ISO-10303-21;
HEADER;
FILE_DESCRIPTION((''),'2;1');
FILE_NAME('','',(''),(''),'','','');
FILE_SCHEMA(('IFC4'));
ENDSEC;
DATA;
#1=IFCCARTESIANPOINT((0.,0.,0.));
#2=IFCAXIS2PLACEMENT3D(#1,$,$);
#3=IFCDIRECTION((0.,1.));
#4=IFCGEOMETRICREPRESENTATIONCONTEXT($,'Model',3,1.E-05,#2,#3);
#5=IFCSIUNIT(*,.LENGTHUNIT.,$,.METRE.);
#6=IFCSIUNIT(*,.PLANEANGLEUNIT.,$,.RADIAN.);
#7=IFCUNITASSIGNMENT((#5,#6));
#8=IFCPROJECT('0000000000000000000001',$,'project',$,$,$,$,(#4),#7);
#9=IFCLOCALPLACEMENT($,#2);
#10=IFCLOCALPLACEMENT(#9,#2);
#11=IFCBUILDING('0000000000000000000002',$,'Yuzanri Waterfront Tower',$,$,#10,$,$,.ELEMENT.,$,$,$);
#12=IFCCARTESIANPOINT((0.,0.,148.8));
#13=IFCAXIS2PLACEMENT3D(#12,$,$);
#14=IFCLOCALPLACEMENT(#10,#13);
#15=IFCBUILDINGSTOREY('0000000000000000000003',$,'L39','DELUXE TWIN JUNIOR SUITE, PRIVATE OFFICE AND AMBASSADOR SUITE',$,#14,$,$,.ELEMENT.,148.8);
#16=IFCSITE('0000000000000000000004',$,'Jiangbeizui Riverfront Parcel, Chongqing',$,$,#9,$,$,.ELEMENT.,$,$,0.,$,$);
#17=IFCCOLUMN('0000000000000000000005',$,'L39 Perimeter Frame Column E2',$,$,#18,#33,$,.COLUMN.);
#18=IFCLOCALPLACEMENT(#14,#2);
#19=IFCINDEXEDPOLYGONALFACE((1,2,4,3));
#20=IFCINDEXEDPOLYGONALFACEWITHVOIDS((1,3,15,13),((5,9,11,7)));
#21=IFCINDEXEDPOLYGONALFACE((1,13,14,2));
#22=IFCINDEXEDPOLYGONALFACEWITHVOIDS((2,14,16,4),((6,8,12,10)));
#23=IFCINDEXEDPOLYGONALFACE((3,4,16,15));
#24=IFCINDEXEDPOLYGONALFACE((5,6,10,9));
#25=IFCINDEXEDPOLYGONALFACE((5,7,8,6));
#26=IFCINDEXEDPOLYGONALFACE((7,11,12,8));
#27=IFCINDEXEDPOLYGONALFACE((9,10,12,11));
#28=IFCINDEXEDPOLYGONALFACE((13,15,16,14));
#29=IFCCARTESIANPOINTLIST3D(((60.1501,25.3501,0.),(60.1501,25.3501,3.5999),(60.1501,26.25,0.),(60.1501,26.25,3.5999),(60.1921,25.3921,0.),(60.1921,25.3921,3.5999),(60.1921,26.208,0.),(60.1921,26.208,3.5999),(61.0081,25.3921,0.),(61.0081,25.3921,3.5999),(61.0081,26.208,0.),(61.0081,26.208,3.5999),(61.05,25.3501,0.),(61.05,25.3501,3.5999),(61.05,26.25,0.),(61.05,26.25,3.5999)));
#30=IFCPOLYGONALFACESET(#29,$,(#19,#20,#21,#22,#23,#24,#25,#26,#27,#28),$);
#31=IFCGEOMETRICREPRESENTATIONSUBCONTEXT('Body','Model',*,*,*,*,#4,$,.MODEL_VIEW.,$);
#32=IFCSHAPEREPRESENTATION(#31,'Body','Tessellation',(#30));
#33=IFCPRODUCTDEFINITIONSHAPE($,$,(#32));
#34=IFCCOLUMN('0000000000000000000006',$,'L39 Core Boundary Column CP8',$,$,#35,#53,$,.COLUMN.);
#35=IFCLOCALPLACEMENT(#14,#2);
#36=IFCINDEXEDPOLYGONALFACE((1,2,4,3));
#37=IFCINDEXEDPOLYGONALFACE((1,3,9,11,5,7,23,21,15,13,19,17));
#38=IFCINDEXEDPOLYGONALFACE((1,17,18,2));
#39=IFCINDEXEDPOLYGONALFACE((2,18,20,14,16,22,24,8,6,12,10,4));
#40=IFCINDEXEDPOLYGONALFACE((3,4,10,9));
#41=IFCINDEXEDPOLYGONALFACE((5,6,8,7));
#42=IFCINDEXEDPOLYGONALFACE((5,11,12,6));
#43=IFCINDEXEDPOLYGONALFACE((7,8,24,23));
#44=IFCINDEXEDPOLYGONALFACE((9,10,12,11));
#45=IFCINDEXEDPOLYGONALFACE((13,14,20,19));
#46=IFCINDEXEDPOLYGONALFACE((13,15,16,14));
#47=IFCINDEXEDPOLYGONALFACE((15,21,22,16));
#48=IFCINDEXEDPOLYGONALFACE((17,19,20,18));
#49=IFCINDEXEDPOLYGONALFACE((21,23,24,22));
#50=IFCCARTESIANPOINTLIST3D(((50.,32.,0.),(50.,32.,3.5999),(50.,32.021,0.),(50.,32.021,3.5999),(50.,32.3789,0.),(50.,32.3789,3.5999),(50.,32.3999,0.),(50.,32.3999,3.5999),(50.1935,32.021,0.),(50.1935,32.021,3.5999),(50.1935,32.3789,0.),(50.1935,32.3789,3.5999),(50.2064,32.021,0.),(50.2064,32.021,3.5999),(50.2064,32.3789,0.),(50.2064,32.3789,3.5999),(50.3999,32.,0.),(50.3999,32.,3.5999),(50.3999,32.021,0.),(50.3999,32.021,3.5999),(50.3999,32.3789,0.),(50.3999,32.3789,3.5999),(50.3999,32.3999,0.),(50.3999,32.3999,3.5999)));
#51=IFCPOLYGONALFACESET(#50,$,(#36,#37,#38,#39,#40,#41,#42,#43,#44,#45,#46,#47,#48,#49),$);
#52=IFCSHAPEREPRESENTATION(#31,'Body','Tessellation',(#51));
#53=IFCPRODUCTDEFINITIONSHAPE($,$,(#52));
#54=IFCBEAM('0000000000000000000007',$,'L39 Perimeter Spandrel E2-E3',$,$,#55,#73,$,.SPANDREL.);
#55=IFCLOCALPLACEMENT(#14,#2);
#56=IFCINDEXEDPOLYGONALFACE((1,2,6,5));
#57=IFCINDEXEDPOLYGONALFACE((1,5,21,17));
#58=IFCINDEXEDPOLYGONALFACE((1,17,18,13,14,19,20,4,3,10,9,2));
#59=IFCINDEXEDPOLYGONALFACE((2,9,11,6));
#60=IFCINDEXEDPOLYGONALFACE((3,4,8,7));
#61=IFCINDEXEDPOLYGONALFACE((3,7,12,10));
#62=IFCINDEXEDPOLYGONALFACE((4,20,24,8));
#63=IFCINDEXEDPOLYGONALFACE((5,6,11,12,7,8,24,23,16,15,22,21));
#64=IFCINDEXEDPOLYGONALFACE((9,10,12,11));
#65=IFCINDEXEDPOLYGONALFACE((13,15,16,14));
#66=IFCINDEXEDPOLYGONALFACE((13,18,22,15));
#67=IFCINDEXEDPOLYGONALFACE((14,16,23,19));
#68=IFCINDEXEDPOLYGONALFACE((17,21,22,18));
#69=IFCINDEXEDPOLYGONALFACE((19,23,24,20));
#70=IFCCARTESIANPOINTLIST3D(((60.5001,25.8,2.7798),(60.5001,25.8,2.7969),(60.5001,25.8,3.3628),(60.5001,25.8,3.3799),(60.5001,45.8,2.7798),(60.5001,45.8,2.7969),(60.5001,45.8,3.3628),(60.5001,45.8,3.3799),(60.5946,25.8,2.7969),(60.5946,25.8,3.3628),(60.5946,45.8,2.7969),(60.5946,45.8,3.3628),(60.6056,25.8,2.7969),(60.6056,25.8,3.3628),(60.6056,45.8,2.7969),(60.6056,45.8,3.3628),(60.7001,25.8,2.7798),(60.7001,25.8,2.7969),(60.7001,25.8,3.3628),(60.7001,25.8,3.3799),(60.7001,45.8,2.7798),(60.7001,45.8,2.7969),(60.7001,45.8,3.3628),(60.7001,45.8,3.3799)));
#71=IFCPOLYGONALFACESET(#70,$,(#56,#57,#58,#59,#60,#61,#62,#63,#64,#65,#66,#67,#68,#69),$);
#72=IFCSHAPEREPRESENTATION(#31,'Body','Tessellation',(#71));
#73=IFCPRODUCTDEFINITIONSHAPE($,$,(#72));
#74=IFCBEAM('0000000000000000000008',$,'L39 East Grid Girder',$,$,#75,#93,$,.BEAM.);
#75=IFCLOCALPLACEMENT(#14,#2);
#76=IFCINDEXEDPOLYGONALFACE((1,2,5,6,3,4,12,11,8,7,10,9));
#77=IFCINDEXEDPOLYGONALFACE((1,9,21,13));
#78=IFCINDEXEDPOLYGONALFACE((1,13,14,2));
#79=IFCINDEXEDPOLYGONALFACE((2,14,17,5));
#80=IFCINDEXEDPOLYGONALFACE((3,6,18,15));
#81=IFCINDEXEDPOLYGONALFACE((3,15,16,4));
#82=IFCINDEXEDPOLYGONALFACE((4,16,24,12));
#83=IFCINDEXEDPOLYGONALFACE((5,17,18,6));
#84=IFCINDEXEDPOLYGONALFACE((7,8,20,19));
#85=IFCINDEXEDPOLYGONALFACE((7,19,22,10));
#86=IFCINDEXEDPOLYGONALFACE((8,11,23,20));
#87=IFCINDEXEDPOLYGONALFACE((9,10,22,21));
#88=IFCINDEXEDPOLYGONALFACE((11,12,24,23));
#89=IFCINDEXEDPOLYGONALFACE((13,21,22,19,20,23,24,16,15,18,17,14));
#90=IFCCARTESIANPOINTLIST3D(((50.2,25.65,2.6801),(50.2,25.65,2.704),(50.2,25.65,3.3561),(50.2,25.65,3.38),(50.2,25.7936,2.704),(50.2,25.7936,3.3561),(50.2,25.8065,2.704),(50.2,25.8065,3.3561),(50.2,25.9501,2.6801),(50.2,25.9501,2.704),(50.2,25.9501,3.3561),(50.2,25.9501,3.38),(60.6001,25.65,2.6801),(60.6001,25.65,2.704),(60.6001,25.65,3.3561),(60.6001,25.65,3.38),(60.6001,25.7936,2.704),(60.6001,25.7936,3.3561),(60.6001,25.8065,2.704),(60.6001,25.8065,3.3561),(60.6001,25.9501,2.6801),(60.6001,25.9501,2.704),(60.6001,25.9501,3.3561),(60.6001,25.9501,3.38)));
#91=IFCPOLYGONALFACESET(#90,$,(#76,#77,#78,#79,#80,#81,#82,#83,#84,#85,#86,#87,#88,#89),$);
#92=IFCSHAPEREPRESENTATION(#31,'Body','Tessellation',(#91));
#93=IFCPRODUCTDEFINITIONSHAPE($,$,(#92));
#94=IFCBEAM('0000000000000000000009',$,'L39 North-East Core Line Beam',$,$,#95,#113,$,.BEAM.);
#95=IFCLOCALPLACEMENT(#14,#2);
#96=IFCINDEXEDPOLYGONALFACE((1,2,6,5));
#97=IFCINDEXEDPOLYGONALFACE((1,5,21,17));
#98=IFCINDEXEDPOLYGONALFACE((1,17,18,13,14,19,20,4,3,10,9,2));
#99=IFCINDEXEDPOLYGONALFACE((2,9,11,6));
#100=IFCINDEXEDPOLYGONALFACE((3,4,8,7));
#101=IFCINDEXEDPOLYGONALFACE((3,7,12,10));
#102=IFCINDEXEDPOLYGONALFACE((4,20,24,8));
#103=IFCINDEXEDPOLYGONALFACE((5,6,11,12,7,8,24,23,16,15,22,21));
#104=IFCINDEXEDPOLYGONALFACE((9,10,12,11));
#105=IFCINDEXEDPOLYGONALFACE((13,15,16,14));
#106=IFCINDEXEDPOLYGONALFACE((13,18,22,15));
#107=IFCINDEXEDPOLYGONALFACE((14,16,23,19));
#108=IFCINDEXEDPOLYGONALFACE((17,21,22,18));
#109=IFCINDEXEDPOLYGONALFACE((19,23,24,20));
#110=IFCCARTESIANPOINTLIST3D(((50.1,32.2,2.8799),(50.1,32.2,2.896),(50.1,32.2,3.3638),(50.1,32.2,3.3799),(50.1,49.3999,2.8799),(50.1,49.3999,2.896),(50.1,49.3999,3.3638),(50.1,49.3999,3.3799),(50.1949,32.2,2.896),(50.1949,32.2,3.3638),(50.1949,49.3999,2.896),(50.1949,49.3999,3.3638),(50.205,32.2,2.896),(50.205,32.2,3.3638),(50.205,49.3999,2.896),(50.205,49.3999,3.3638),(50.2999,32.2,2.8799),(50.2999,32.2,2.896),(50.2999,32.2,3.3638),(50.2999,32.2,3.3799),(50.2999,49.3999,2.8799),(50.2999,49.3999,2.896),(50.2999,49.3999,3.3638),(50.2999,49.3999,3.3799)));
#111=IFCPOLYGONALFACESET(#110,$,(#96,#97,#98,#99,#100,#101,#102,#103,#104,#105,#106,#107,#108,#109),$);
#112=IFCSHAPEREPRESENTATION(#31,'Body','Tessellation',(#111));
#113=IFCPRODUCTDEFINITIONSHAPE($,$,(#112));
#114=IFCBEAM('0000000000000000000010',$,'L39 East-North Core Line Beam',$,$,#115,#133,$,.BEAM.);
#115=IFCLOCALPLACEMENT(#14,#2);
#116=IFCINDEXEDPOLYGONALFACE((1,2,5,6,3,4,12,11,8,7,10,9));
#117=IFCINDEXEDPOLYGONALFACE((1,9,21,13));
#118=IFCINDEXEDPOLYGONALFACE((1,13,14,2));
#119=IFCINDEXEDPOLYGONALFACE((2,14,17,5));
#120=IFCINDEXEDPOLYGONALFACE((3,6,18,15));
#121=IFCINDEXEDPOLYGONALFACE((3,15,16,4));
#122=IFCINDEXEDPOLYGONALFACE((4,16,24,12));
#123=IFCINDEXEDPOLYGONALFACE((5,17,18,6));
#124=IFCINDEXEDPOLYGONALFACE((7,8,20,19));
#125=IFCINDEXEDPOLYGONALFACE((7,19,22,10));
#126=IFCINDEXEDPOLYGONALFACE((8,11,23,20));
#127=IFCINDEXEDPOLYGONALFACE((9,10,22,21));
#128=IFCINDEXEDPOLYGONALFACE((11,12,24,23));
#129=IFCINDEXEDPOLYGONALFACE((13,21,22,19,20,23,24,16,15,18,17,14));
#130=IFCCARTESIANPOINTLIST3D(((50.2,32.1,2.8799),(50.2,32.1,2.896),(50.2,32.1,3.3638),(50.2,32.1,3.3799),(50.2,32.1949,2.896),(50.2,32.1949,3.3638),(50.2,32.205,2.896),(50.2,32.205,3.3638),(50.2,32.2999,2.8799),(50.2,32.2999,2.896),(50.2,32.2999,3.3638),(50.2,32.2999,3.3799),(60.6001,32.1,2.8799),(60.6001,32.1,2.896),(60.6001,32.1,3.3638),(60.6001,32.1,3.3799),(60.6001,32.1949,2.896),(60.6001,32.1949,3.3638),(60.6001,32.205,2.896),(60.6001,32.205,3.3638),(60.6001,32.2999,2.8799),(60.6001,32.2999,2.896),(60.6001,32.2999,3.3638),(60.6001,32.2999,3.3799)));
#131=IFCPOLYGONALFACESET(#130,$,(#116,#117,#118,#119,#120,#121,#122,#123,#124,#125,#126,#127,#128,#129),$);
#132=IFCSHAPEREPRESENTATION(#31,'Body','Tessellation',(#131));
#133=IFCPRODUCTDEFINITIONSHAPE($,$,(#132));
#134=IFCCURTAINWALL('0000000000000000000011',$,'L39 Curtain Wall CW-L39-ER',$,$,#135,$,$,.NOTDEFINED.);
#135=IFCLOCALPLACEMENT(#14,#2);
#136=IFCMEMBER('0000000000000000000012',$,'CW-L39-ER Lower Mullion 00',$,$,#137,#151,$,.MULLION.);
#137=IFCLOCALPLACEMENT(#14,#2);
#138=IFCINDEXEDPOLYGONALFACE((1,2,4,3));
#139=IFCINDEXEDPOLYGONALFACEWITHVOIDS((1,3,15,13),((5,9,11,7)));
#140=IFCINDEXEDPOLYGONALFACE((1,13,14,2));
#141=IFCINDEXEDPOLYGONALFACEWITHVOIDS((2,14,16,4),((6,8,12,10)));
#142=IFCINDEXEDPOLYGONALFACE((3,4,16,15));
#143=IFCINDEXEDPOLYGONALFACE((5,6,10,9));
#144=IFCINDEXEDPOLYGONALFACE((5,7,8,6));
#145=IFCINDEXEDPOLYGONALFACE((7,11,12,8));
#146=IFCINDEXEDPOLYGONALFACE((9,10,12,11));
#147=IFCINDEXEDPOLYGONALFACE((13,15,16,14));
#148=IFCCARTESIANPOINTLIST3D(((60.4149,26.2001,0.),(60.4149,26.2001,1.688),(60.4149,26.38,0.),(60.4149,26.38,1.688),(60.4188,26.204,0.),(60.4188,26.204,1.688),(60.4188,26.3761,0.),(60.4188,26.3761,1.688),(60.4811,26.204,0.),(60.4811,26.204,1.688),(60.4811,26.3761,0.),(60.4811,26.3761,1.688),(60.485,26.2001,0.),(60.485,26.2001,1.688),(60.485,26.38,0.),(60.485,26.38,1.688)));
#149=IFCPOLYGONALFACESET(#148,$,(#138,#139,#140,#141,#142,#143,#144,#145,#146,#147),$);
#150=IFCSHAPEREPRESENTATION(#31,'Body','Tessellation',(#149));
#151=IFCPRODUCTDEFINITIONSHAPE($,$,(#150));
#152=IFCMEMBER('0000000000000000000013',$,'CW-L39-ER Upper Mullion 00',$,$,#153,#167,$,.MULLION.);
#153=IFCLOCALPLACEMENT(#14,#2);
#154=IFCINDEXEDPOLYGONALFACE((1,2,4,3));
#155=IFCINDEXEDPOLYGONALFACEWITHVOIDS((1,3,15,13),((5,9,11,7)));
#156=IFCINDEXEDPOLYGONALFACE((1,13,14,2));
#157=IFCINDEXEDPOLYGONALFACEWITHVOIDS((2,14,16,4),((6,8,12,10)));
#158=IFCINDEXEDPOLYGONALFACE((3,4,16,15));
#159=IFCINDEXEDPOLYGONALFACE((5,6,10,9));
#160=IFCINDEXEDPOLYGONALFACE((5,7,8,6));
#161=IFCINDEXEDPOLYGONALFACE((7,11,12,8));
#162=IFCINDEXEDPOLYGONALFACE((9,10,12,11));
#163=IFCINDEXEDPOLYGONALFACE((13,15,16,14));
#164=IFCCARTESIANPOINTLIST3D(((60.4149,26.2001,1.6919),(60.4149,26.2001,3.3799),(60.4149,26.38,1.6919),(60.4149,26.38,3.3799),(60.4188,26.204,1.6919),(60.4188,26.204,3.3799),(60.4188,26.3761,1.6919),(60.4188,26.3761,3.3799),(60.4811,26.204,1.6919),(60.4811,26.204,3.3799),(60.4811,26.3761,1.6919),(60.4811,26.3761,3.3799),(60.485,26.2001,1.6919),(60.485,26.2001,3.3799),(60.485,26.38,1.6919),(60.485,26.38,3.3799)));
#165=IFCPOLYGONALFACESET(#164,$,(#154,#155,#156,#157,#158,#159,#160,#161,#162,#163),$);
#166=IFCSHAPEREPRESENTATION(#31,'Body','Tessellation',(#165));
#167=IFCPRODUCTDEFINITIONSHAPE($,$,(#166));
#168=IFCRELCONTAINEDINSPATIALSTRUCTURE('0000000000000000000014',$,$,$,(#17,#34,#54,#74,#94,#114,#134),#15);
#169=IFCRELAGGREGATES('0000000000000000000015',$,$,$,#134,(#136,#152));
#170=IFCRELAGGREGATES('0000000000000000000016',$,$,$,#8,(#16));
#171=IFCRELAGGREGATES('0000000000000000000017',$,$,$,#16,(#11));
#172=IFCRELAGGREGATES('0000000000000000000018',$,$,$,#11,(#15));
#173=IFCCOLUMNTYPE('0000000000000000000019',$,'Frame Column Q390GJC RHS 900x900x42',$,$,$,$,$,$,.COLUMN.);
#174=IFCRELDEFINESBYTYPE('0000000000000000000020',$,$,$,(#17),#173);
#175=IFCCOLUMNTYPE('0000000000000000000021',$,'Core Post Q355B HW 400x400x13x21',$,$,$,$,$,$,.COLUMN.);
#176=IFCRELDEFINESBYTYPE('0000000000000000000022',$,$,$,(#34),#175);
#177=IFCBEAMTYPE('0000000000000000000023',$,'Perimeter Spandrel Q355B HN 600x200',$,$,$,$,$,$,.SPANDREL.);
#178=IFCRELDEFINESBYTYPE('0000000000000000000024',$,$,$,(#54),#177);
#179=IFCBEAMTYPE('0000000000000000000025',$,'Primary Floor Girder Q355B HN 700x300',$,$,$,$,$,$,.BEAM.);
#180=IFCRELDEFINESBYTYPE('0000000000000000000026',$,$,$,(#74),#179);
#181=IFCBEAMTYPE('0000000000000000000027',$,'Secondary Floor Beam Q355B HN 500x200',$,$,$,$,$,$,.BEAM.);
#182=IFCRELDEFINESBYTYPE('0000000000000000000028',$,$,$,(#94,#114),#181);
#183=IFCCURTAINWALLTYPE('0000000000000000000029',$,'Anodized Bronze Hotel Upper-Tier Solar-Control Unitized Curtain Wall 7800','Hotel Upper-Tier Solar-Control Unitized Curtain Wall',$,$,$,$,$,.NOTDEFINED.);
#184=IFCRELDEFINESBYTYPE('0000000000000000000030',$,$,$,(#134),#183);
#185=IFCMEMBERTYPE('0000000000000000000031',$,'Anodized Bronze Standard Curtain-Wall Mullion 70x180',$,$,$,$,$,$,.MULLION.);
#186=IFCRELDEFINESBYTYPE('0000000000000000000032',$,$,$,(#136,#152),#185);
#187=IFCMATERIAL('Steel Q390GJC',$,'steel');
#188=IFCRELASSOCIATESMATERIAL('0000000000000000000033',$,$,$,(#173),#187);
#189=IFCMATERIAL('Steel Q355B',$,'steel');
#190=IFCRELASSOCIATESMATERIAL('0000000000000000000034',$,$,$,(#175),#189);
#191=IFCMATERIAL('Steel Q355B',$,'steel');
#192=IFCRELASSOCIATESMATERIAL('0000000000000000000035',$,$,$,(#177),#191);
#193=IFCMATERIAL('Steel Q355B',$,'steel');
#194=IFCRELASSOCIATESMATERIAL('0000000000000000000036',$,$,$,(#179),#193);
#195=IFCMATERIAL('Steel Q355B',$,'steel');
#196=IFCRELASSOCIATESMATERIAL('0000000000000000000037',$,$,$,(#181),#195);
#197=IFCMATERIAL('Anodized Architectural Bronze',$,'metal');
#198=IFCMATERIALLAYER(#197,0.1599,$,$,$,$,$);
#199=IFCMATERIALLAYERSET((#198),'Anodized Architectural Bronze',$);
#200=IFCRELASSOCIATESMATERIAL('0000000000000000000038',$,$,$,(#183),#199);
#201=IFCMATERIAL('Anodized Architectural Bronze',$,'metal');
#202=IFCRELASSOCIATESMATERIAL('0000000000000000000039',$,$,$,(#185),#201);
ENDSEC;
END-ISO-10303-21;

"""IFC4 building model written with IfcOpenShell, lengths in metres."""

from ifc_helpers import new_model, si_unit, direction, frame, origin, origin_2d, place, context, subcontext, project, spatial, hollow_rectangle, i_section, extrude, source, transform, mapped, material, layer, layer_set, material_profile, profile_set, type_object, element, aggregate, save


model = new_model("IFC4")

# Units and contexts
model_context = context("Model", 3, precision=1e-05, world=origin(), true_north=direction((0.0, 1.0)))
body_context = subcontext(model_context, "Body", "Model", "MODEL_VIEW")
ifc_project = project(units=[si_unit("LENGTHUNIT", "METRE"), si_unit("PLANEANGLEUNIT", "RADIAN")], contexts=[model_context])

# Site, building, storey
site_placement = place(None, origin())
site = spatial("IfcSite", under=ifc_project, at=site_placement, Name="Jiangbeizui Riverfront Parcel, Chongqing", CompositionType="ELEMENT", RefElevation=0.0)
building_placement = place(site_placement, origin())
building = spatial("IfcBuilding", under=site, at=building_placement, Name="Yuzanri Waterfront Tower", CompositionType="ELEMENT")
storey_placement = place(building_placement, frame((0.0, 0.0, 148.8)))
storey = spatial("IfcBuildingStorey", under=building, at=storey_placement, Name="L39", Description="DELUXE TWIN JUNIOR SUITE, PRIVATE OFFICE AND AMBASSADOR SUITE", CompositionType="ELEMENT", Elevation=148.8)

# Columns
ifc_material_1 = material(Name="Steel Q390GJC", Category="steel")
ifc_material_profile_1 = material_profile(ifc_material_1, hollow_rectangle(XDim=0.8999, YDim=0.8999, WallThickness=0.042, at=origin_2d()), Name="RHS 900x900x42")
ifc_profile_set_1 = profile_set([ifc_material_profile_1], Name="Steel Q390GJC")
column_type_1 = type_object("IfcColumnType", Name="Frame Column Q390GJC RHS 900x900x42", PredefinedType="COLUMN", material=ifc_profile_set_1)
shared_shape_1 = source(origin(), body_context, "Body", "SweptSolid", [
    extrude(hollow_rectangle(XDim=0.8999, YDim=0.8999, WallThickness=0.042, at=origin_2d()), origin(), (0.0, 0.0, 1.0), 3.5999),
])
column_1_placement = place(storey_placement, frame((60.6001, 25.8, 0.0), z_axis=(0.0, 0.0, 1.0), x_axis=(1.0, 0.0, 0.0)))
element("IfcColumn", 1, at=column_1_placement, inside=storey, type_object=column_type_1, Name="L39 Perimeter Frame Column E2", PredefinedType="COLUMN", context=body_context, shape_type="MappedRepresentation", body=[
    mapped(shared_shape_1, transform((0.0, 0.0, 0.0), scale=1.0)),
])
ifc_material_2 = material(Name="Steel Q355B", Category="steel")
ifc_material_profile_2 = material_profile(ifc_material_2, i_section(OverallWidth=0.3999, OverallDepth=0.3999, WebThickness=0.0129, FlangeThickness=0.021, at=origin_2d()), Name="HW 400x400x13x21")
ifc_profile_set_2 = profile_set([ifc_material_profile_2], Name="Steel Q355B")
column_type_2 = type_object("IfcColumnType", Name="Core Post Q355B HW 400x400x13x21", PredefinedType="COLUMN", material=ifc_profile_set_2)
shared_shape_2 = source(origin(), body_context, "Body", "SweptSolid", [
    extrude(i_section(OverallWidth=0.3999, OverallDepth=0.3999, WebThickness=0.0129, FlangeThickness=0.021, at=origin_2d()), origin(), (0.0, 0.0, 1.0), 3.5999),
])
column_2_placement = place(storey_placement, frame((50.2, 32.2, 0.0), z_axis=(0.0, 0.0, 1.0), x_axis=(1.0, 0.0, 0.0)))
element("IfcColumn", 2, at=column_2_placement, inside=storey, type_object=column_type_2, Name="L39 Core Boundary Column CP8", PredefinedType="COLUMN", context=body_context, shape_type="MappedRepresentation", body=[
    mapped(shared_shape_2, transform((0.0, 0.0, 0.0), scale=1.0)),
])

# Beams
ifc_material_3 = material(Name="Steel Q355B", Category="steel")
ifc_material_profile_3 = material_profile(ifc_material_3, i_section(OverallWidth=0.2, OverallDepth=0.6001, WebThickness=0.011, FlangeThickness=0.0171, at=origin_2d()), Name="HN 600x200x11x17")
ifc_profile_set_3 = profile_set([ifc_material_profile_3], Name="Steel Q355B")
beam_type_1 = type_object("IfcBeamType", Name="Perimeter Spandrel Q355B HN 600x200", PredefinedType="SPANDREL", material=ifc_profile_set_3)
shared_shape_3 = source(origin(), body_context, "Body", "SweptSolid", [
    extrude(i_section(OverallWidth=0.2, OverallDepth=0.6001, WebThickness=0.011, FlangeThickness=0.0171, at=origin_2d()), origin(), (0.0, 0.0, 1.0), 20.0),
])
beam_1_placement = place(storey_placement, frame((60.6001, 25.8, 3.0798), z_axis=(0.0, 1.0, 0.0), x_axis=(-1.0, 0.0, 0.0)))
element("IfcBeam", 3, at=beam_1_placement, inside=storey, type_object=beam_type_1, Name="L39 Perimeter Spandrel E2-E3", PredefinedType="SPANDREL", context=body_context, shape_type="MappedRepresentation", body=[
    mapped(shared_shape_3, transform((0.0, 0.0, 0.0), scale=1.0)),
])
ifc_material_4 = material(Name="Steel Q355B", Category="steel")
ifc_material_profile_4 = material_profile(ifc_material_4, i_section(OverallWidth=0.3, OverallDepth=0.7, WebThickness=0.0129, FlangeThickness=0.0239, at=origin_2d()), Name="HN 700x300x13x24")
ifc_profile_set_4 = profile_set([ifc_material_profile_4], Name="Steel Q355B")
beam_type_2 = type_object("IfcBeamType", Name="Primary Floor Girder Q355B HN 700x300", PredefinedType="BEAM", material=ifc_profile_set_4)
shared_shape_4 = source(origin(), body_context, "Body", "SweptSolid", [
    extrude(i_section(OverallWidth=0.3, OverallDepth=0.7, WebThickness=0.0129, FlangeThickness=0.0239, at=origin_2d()), origin(), (0.0, 0.0, 1.0), 10.4001),
])
beam_2_placement = place(storey_placement, frame((50.2, 25.8, 3.03), z_axis=(1.0, 0.0, 0.0), x_axis=(0.0, 1.0, 0.0)))
element("IfcBeam", 4, at=beam_2_placement, inside=storey, type_object=beam_type_2, Name="L39 East Grid Girder", PredefinedType="BEAM", context=body_context, shape_type="MappedRepresentation", body=[
    mapped(shared_shape_4, transform((0.0, 0.0, 0.0), scale=1.0)),
])
ifc_material_5 = material(Name="Steel Q355B", Category="steel")
ifc_material_profile_5 = material_profile(ifc_material_5, i_section(OverallWidth=0.2, OverallDepth=0.5, WebThickness=0.01, FlangeThickness=0.0161, at=origin_2d()), Name="HN 500x200x10x16")
ifc_profile_set_5 = profile_set([ifc_material_profile_5], Name="Steel Q355B")
beam_type_3 = type_object("IfcBeamType", Name="Secondary Floor Beam Q355B HN 500x200", PredefinedType="BEAM", material=ifc_profile_set_5)
shared_shape_5 = source(origin(), body_context, "Body", "SweptSolid", [
    extrude(i_section(OverallWidth=0.2, OverallDepth=0.5, WebThickness=0.01, FlangeThickness=0.0161, at=origin_2d()), origin(), (0.0, 0.0, 1.0), 17.2),
])
beam_3_placement = place(storey_placement, frame((50.2, 32.2, 3.1299), z_axis=(0.0, 1.0, 0.0), x_axis=(-1.0, 0.0, 0.0)))
element("IfcBeam", 5, at=beam_3_placement, inside=storey, type_object=beam_type_3, Name="L39 North-East Core Line Beam", PredefinedType="BEAM", context=body_context, shape_type="MappedRepresentation", body=[
    mapped(shared_shape_5, transform((0.0, 0.0, 0.0), scale=1.0)),
])
shared_shape_6 = source(origin(), body_context, "Body", "SweptSolid", [
    extrude(i_section(OverallWidth=0.2, OverallDepth=0.5, WebThickness=0.01, FlangeThickness=0.0161, at=origin_2d()), origin(), (0.0, 0.0, 1.0), 10.4001),
])
beam_4_placement = place(storey_placement, frame((50.2, 32.2, 3.1299), z_axis=(1.0, 0.0, 0.0), x_axis=(0.0, 1.0, 0.0)))
element("IfcBeam", 6, at=beam_4_placement, inside=storey, type_object=beam_type_3, Name="L39 East-North Core Line Beam", PredefinedType="BEAM", context=body_context, shape_type="MappedRepresentation", body=[
    mapped(shared_shape_6, transform((0.0, 0.0, 0.0), scale=1.0)),
])

# Curtain wall, members
ifc_material_6 = material(Name="Anodized Architectural Bronze", Category="metal")
ifc_layer_1 = layer(ifc_material_6, 0.1599)
ifc_layer_set_1 = layer_set([ifc_layer_1], Name="Anodized Architectural Bronze")
curtain_wall_type = type_object("IfcCurtainWallType", Name="Anodized Bronze Hotel Upper-Tier Solar-Control Unitized Curtain Wall 7800", Description="Hotel Upper-Tier Solar-Control Unitized Curtain Wall", PredefinedType="NOTDEFINED", material=ifc_layer_set_1)
curtain_wall_placement = place(storey_placement, origin())
curtain_wall = element("IfcCurtainWall", 7, at=curtain_wall_placement, inside=storey, type_object=curtain_wall_type, Name="L39 Curtain Wall CW-L39-ER", PredefinedType="NOTDEFINED")
ifc_material_7 = material(Name="Anodized Architectural Bronze", Category="metal")
ifc_material_profile_6 = material_profile(ifc_material_7, hollow_rectangle(XDim=0.0701, YDim=0.1799, WallThickness=0.0039, at=origin_2d()), Name="CWM 70x180")
ifc_profile_set_6 = profile_set([ifc_material_profile_6], Name="Anodized Architectural Bronze")
member_type_1 = type_object("IfcMemberType", Name="Anodized Bronze Standard Curtain-Wall Mullion 70x180", PredefinedType="MULLION", material=ifc_profile_set_6)
shared_shape_7 = source(origin(), body_context, "Body", "SweptSolid", [
    extrude(hollow_rectangle(XDim=0.0701, YDim=0.1799, WallThickness=0.0039, at=origin_2d()), origin(), (0.0, 0.0, 1.0), 1.688),
])
member_1_placement = place(storey_placement, frame((60.45, 26.29, 0.0), z_axis=(0.0, 0.0, 1.0), x_axis=(1.0, 0.0, 0.0)))
member_1 = element("IfcMember", 8, at=member_1_placement, type_object=member_type_1, Name="CW-L39-ER Lower Mullion 00", PredefinedType="MULLION", context=body_context, shape_type="MappedRepresentation", body=[
    mapped(shared_shape_7, transform((0.0, 0.0, 0.0), scale=1.0)),
])
member_2_placement = place(storey_placement, frame((60.45, 26.29, 1.6919), z_axis=(0.0, 0.0, 1.0), x_axis=(1.0, 0.0, 0.0)))
member_2 = element("IfcMember", 9, at=member_2_placement, type_object=member_type_1, Name="CW-L39-ER Upper Mullion 00", PredefinedType="MULLION", context=body_context, shape_type="MappedRepresentation", body=[
    mapped(shared_shape_7, transform((0.0, 0.0, 0.0), scale=1.0)),
])
aggregate(curtain_wall, [member_1, member_2])

save(model, "model.ifc")
